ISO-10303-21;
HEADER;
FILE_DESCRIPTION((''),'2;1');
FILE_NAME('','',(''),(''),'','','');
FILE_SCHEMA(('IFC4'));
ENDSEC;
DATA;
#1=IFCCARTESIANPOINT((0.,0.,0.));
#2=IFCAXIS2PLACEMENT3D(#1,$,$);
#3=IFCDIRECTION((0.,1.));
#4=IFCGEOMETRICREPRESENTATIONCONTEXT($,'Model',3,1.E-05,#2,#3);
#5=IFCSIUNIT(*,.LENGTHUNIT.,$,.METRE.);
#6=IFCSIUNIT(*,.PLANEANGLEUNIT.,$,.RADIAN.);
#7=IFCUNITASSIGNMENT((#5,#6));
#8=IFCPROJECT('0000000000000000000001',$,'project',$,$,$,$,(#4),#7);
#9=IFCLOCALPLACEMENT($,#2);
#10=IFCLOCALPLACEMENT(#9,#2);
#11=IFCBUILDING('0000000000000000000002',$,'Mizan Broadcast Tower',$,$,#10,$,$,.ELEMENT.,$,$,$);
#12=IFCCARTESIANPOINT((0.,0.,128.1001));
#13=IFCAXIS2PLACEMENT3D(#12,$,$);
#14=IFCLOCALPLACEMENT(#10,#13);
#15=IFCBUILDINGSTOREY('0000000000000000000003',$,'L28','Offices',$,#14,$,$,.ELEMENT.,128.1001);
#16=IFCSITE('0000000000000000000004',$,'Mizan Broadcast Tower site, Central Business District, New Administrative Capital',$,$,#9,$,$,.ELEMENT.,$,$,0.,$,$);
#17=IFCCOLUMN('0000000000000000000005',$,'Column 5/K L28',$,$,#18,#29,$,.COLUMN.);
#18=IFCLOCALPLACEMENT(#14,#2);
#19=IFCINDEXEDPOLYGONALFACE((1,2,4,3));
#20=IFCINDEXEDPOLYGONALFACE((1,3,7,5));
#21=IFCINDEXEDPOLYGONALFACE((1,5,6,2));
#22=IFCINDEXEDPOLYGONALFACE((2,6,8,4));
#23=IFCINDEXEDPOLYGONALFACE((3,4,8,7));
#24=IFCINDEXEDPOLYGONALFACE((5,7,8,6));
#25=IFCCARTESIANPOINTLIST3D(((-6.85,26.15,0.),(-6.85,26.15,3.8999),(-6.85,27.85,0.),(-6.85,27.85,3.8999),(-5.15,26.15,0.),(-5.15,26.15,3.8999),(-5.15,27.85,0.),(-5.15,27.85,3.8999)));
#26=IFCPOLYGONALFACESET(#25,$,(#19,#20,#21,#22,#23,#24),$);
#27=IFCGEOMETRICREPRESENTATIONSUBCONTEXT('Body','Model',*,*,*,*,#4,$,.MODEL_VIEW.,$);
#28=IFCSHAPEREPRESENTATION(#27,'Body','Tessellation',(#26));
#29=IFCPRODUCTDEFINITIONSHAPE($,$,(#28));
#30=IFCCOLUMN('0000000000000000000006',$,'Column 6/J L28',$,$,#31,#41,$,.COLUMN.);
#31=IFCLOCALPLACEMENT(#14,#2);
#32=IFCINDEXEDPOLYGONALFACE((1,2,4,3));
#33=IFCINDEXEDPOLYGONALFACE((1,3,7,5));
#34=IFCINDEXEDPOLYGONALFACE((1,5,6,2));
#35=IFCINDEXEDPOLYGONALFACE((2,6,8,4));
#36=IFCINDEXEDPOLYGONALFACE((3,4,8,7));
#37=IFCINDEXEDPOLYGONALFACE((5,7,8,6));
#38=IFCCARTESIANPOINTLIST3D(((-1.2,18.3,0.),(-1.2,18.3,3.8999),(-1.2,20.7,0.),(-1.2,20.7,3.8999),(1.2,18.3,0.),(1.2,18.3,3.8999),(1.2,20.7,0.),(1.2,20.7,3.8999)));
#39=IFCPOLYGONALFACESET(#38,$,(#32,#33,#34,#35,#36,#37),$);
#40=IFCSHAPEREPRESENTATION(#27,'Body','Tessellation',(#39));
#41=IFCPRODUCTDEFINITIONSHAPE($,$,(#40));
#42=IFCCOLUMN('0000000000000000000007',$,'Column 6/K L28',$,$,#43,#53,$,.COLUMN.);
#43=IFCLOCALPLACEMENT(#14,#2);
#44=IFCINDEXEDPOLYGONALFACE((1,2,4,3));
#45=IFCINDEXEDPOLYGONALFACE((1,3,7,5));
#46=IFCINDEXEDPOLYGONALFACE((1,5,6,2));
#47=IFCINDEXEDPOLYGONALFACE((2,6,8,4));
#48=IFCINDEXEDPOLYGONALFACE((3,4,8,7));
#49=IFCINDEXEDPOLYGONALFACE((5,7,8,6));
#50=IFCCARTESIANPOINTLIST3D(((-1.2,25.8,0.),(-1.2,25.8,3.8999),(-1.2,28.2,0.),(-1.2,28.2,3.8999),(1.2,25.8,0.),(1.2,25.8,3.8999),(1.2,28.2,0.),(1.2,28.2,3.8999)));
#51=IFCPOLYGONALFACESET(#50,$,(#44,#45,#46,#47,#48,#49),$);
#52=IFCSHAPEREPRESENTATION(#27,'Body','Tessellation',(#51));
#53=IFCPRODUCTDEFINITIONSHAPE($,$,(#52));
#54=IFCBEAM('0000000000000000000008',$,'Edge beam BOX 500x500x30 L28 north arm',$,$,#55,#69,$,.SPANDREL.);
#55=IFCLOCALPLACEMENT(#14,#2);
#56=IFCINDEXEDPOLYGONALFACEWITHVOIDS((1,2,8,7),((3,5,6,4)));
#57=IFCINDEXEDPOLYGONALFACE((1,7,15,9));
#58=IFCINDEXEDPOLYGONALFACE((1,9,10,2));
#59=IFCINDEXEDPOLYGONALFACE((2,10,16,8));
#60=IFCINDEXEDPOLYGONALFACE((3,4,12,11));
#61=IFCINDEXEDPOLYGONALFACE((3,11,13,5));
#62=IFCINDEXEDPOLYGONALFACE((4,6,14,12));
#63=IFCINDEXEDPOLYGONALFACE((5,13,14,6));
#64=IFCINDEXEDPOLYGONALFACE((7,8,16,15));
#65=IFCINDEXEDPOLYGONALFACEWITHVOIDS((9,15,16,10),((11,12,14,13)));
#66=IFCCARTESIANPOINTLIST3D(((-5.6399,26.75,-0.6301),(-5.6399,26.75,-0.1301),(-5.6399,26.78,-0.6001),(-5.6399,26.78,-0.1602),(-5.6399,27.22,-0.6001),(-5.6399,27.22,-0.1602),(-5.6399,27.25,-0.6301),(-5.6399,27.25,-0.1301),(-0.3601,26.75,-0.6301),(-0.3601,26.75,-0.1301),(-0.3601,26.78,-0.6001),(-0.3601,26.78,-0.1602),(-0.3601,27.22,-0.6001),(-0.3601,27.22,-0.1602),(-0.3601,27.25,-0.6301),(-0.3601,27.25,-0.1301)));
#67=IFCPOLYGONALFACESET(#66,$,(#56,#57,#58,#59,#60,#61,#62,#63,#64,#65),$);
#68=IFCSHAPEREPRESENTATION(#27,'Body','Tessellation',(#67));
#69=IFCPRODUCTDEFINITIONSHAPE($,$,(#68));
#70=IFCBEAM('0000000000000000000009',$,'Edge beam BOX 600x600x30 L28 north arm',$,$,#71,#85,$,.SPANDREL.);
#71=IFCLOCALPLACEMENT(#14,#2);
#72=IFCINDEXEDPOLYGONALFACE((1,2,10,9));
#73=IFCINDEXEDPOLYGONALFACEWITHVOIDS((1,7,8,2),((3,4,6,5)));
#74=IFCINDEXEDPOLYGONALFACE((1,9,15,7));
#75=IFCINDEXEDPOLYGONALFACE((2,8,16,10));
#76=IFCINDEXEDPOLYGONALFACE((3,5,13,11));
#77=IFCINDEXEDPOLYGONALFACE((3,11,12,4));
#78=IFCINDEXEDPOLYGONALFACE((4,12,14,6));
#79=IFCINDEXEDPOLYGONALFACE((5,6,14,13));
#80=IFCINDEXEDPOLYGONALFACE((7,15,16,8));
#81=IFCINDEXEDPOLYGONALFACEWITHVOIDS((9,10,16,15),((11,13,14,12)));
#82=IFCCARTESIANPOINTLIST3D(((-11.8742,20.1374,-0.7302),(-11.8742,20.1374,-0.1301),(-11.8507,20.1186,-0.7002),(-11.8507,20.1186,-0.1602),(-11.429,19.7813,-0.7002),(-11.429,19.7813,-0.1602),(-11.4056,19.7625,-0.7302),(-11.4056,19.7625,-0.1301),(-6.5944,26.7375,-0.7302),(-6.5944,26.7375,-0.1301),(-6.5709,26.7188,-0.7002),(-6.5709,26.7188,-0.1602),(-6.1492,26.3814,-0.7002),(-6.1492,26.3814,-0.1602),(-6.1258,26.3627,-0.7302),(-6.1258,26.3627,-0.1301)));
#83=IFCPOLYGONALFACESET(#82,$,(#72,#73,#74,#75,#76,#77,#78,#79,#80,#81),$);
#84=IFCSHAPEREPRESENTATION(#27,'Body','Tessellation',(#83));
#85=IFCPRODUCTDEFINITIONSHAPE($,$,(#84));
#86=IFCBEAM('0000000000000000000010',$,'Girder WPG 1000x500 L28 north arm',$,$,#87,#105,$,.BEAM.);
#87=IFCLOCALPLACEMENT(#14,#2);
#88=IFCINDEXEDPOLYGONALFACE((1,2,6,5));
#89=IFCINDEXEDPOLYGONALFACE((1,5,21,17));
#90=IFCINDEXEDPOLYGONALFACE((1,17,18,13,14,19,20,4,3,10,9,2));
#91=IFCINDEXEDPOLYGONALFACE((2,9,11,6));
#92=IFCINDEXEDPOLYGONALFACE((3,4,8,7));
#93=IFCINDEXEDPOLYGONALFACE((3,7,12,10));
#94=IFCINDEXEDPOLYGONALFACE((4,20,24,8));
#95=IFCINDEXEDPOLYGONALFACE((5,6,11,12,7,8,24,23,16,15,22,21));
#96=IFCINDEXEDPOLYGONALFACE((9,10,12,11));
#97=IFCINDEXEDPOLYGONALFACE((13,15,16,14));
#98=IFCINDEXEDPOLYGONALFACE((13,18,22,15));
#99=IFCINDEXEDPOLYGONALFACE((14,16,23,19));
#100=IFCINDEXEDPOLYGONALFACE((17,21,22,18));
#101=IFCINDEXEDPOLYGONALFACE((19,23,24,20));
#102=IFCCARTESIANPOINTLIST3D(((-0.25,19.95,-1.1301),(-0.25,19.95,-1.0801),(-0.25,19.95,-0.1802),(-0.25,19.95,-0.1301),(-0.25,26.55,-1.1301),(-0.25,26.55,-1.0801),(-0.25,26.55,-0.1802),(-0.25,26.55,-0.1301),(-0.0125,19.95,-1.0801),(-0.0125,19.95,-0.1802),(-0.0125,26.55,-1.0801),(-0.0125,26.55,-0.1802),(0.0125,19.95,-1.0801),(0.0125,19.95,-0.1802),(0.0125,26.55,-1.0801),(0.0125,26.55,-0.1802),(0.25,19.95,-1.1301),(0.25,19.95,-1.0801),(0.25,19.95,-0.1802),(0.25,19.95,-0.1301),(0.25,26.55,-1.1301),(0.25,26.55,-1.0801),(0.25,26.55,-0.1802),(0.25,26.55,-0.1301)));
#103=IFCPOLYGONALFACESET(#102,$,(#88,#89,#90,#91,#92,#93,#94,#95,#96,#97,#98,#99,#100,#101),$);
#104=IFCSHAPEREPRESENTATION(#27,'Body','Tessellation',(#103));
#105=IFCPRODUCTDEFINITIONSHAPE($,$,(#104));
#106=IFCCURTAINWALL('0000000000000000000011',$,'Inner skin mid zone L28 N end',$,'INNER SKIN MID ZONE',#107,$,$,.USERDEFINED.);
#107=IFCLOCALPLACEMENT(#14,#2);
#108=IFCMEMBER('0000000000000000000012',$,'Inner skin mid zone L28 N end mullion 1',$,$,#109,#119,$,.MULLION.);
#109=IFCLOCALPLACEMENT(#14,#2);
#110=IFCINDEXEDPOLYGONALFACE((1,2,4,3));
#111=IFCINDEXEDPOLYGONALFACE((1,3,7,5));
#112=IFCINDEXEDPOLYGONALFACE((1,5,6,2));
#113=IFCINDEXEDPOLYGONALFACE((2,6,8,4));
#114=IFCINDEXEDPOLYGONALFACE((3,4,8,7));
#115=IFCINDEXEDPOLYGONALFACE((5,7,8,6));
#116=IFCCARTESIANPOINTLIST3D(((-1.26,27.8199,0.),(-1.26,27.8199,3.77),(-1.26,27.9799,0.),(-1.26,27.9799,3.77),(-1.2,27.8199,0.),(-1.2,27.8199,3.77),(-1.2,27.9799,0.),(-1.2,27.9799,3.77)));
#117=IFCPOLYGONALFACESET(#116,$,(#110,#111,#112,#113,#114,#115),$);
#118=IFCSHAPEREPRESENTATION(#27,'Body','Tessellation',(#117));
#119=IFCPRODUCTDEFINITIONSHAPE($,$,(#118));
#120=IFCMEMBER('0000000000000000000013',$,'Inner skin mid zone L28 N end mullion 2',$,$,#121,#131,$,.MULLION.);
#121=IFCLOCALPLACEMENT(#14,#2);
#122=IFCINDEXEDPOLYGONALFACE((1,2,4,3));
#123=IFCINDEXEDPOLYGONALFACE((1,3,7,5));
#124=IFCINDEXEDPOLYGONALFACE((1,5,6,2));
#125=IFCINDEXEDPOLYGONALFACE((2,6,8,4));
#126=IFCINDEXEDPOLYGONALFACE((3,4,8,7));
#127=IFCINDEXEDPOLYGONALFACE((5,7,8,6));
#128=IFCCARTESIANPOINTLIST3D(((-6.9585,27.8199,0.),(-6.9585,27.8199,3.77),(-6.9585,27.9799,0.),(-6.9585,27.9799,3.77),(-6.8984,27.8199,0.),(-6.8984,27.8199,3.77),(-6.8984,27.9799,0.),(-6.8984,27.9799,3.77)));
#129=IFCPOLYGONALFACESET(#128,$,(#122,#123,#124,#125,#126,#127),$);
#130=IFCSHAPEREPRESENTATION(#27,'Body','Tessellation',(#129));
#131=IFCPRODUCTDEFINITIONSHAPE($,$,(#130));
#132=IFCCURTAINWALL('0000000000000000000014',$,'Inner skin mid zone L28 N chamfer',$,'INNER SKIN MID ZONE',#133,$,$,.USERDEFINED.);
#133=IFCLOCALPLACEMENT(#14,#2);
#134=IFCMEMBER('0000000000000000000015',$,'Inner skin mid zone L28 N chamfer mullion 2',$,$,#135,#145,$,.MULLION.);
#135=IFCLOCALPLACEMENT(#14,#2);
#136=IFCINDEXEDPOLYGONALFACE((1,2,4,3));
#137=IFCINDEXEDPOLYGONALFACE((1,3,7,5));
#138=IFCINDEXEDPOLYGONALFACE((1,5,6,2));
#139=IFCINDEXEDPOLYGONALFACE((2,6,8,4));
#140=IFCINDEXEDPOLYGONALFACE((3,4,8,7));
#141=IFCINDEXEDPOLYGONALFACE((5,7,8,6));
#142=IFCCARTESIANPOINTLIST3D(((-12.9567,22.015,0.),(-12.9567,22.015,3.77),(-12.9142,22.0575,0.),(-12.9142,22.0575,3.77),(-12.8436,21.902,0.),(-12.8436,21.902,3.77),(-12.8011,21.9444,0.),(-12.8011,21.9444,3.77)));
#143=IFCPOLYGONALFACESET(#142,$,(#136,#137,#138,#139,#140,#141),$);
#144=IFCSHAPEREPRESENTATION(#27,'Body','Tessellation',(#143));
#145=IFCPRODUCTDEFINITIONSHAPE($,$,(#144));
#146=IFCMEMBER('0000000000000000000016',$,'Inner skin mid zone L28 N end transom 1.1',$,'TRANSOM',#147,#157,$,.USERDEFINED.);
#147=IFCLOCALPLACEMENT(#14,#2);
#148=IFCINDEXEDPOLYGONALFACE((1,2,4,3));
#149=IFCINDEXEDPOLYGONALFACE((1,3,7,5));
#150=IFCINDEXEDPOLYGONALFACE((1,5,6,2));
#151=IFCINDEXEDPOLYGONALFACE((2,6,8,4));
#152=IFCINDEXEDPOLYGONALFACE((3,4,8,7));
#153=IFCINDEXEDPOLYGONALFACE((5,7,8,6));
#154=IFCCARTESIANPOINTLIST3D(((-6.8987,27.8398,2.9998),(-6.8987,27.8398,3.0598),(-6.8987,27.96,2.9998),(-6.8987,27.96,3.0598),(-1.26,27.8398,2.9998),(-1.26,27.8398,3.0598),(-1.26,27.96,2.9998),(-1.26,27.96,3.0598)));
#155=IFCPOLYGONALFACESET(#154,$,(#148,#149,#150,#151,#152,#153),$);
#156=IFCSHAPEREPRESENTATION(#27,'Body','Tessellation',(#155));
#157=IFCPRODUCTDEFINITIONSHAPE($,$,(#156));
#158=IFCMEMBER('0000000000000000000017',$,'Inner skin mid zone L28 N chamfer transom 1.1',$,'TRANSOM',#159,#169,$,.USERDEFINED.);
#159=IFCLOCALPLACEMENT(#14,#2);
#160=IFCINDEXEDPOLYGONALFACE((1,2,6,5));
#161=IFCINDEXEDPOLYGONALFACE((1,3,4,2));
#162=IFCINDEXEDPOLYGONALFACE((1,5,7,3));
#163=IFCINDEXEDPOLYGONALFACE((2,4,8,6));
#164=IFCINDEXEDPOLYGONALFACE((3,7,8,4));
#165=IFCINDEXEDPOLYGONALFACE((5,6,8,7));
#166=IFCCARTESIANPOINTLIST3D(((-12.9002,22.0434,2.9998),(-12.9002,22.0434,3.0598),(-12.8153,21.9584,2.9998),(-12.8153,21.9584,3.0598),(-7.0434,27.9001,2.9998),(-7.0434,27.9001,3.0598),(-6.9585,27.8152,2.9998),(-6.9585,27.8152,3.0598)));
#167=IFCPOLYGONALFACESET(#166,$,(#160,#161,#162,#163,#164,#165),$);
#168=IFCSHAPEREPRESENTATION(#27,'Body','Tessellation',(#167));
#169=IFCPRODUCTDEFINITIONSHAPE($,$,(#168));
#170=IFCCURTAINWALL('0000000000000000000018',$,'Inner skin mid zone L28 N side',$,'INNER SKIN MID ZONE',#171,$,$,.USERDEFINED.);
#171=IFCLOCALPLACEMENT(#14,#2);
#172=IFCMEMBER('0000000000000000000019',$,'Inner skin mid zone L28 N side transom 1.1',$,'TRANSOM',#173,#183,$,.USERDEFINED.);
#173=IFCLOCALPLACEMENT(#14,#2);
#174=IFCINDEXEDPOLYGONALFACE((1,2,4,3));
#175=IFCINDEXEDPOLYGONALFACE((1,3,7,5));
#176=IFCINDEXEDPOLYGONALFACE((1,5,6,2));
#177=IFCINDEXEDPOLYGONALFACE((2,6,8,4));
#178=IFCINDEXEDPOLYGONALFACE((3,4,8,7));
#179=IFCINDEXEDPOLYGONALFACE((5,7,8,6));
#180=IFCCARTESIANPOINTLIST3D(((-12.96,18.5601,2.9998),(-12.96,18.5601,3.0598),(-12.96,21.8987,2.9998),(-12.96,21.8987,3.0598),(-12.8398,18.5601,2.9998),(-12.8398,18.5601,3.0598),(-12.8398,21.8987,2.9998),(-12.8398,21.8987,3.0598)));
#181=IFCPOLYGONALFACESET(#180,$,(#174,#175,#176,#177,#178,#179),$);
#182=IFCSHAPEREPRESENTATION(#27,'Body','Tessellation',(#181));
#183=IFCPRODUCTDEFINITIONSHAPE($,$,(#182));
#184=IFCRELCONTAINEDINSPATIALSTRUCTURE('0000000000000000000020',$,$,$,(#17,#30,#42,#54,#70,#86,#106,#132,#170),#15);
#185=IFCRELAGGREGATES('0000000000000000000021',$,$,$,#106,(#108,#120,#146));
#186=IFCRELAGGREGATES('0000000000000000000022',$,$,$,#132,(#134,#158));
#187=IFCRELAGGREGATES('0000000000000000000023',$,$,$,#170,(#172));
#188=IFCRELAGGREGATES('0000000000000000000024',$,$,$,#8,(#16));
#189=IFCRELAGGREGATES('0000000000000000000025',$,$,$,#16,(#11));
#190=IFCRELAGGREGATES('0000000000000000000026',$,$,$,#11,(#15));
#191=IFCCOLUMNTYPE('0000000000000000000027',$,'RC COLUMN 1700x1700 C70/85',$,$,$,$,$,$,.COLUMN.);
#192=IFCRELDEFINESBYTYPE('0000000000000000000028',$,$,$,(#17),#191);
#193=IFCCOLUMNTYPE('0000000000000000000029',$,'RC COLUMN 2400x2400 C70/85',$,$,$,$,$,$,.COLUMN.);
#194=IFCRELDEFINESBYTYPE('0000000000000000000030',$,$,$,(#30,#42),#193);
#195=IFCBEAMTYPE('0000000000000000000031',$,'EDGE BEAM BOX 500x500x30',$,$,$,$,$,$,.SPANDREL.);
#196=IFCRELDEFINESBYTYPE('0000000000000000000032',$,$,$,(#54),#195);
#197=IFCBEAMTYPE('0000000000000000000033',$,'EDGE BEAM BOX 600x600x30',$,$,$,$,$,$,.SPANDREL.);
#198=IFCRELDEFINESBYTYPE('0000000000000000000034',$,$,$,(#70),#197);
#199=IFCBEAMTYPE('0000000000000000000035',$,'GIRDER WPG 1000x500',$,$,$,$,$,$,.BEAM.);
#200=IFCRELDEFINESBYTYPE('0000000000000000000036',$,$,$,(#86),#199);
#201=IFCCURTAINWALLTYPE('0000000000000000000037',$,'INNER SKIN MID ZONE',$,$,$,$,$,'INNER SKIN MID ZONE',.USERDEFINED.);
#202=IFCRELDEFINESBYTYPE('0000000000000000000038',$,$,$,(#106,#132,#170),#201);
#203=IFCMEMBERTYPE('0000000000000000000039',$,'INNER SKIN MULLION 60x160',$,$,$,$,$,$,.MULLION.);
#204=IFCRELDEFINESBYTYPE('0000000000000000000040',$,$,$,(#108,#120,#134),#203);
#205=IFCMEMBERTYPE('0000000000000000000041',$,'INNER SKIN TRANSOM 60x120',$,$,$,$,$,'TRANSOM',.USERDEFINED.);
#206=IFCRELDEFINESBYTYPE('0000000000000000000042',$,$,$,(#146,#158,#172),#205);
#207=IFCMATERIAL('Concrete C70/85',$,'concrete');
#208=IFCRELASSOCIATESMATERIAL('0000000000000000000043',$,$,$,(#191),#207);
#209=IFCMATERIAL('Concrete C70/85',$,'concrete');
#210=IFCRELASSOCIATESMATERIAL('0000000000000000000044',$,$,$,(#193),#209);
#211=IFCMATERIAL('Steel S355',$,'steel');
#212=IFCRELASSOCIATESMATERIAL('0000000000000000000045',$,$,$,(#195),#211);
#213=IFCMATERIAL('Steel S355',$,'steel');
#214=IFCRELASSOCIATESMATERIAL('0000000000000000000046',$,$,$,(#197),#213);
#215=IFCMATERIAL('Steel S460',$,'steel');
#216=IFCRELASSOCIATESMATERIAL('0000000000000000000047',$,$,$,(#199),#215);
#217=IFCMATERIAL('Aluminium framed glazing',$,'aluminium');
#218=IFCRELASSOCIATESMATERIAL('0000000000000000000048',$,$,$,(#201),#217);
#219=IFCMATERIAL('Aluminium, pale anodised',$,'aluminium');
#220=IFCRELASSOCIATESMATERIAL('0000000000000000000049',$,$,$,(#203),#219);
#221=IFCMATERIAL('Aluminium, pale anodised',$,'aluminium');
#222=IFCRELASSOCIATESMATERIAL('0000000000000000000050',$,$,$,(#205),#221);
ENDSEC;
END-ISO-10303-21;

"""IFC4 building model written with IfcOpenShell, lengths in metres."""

from ifc_helpers import new_model, si_unit, direction, frame, origin, origin_2d, place, context, subcontext, project, spatial, rectangle, hollow_rectangle, i_section, extrude, material, material_profile, profile_set, type_object, element, aggregate, save


model = new_model("IFC4")

# Units and contexts
model_context = context("Model", 3, precision=1e-05, world=origin(), true_north=direction((0.0, 1.0)))
body_context = subcontext(model_context, "Body", "Model", "MODEL_VIEW")
ifc_project = project(units=[si_unit("LENGTHUNIT", "METRE"), si_unit("PLANEANGLEUNIT", "RADIAN")], contexts=[model_context])

# Site, building, storey
site_placement = place(None, origin())
site = spatial("IfcSite", under=ifc_project, at=site_placement, Name="Mizan Broadcast Tower site, Central Business District, New Administrative Capital", CompositionType="ELEMENT", RefElevation=0.0)
building_placement = place(site_placement, origin())
building = spatial("IfcBuilding", under=site, at=building_placement, Name="Mizan Broadcast Tower", CompositionType="ELEMENT")
storey_placement = place(building_placement, frame((0.0, 0.0, 128.1001)))
storey = spatial("IfcBuildingStorey", under=building, at=storey_placement, Name="L28", Description="Offices", CompositionType="ELEMENT", Elevation=128.1001)

# Columns
ifc_material_1 = material(Name="Concrete C70/85", Category="concrete")
ifc_material_profile_1 = material_profile(ifc_material_1, rectangle(XDim=1.7, YDim=1.7, at=origin_2d()), Name="RC 1700x1700")
ifc_profile_set_1 = profile_set([ifc_material_profile_1], Name="Concrete C70/85")
column_type_1 = type_object("IfcColumnType", Name="RC COLUMN 1700x1700 C70/85", PredefinedType="COLUMN", material=ifc_profile_set_1)
column_placement = place(storey_placement, frame((-6.0, 27.0, 0.0), z_axis=(0.0, 0.0, 1.0), x_axis=(1.0, 0.0, 0.0)))
element("IfcColumn", 1, at=column_placement, inside=storey, type_object=column_type_1, Name="Column 5/K L28", PredefinedType="COLUMN", context=body_context, shape_type="SweptSolid", body=[
    extrude(rectangle(XDim=1.7, YDim=1.7, at=origin_2d()), origin(), (0.0, 0.0, 1.0), 3.8999),
])
ifc_material_2 = material(Name="Concrete C70/85", Category="concrete")
ifc_material_profile_2 = material_profile(ifc_material_2, rectangle(XDim=2.3999, YDim=2.3999, at=origin_2d()), Name="RC 2400x2400")
ifc_profile_set_2 = profile_set([ifc_material_profile_2], Name="Concrete C70/85")
column_type_2 = type_object("IfcColumnType", Name="RC COLUMN 2400x2400 C70/85", PredefinedType="COLUMN", material=ifc_profile_set_2)
for number, where, z_axis, x_axis, name in (
    (2, (0.0, 19.5, 0.0), (0.0, 0.0, 1.0), (1.0, 0.0, 0.0), "Column 6/J L28"),
    (3, (0.0, 27.0, 0.0), (0.0, 0.0, 1.0), (1.0, 0.0, 0.0), "Column 6/K L28"),
):
    element("IfcColumn", number, at=place(storey_placement, frame(where, z_axis=z_axis, x_axis=x_axis)), inside=storey, type_object=column_type_2, Name=name, PredefinedType="COLUMN", context=body_context, shape_type="SweptSolid", body=[
        extrude(rectangle(XDim=2.3999, YDim=2.3999, at=origin_2d()), origin(), (0.0, 0.0, 1.0), 3.8999),
    ])

# Beams
ifc_material_3 = material(Name="Steel S355", Category="steel")
ifc_material_profile_3 = material_profile(ifc_material_3, hollow_rectangle(XDim=0.5, YDim=0.5, WallThickness=0.03, at=origin_2d()), Name="BOX 500x500x30")
ifc_profile_set_3 = profile_set([ifc_material_profile_3], Name="Steel S355")
beam_type_1 = type_object("IfcBeamType", Name="EDGE BEAM BOX 500x500x30", PredefinedType="SPANDREL", material=ifc_profile_set_3)
beam_1_placement = place(storey_placement, frame((-5.6399, 27.0, -0.3801), z_axis=(1.0, 0.0, 0.0), x_axis=(0.0, 1.0, 0.0)))
element("IfcBeam", 4, at=beam_1_placement, inside=storey, type_object=beam_type_1, Name="Edge beam BOX 500x500x30 L28 north arm", PredefinedType="SPANDREL", context=body_context, shape_type="SweptSolid", body=[
    extrude(hollow_rectangle(XDim=0.5, YDim=0.5, WallThickness=0.03, at=origin_2d()), origin(), (0.0, 0.0, 1.0), 5.2798),
])
ifc_material_4 = material(Name="Steel S355", Category="steel")
ifc_material_profile_4 = material_profile(ifc_material_4, hollow_rectangle(XDim=0.6001, YDim=0.6001, WallThickness=0.03, at=origin_2d()), Name="BOX 600x600x30")
ifc_profile_set_4 = profile_set([ifc_material_profile_4], Name="Steel S355")
beam_type_2 = type_object("IfcBeamType", Name="EDGE BEAM BOX 600x600x30", PredefinedType="SPANDREL", material=ifc_profile_set_4)
beam_2_placement = place(storey_placement, frame((-11.6399, 19.95, -0.4302), z_axis=(0.624674, 0.780886, 0.0), x_axis=(-0.780886, 0.624674, 0.0)))
element("IfcBeam", 5, at=beam_2_placement, inside=storey, type_object=beam_type_2, Name="Edge beam BOX 600x600x30 L28 north arm", PredefinedType="SPANDREL", context=body_context, shape_type="SweptSolid", body=[
    extrude(hollow_rectangle(XDim=0.6001, YDim=0.6001, WallThickness=0.03, at=origin_2d()), origin(), (0.0, 0.0, 1.0), 8.4521),
])
ifc_material_5 = material(Name="Steel S460", Category="steel")
ifc_material_profile_5 = material_profile(ifc_material_5, i_section(OverallWidth=0.5, OverallDepth=1.0, WebThickness=0.0249, FlangeThickness=0.05, at=origin_2d()), Name="WPG 1000x500")
ifc_profile_set_5 = profile_set([ifc_material_profile_5], Name="Steel S460")
beam_type_3 = type_object("IfcBeamType", Name="GIRDER WPG 1000x500", PredefinedType="BEAM", material=ifc_profile_set_5)
beam_3_placement = place(storey_placement, frame((0.0, 19.95, -0.6301), z_axis=(0.0, 1.0, 0.0), x_axis=(-1.0, 0.0, 0.0)))
element("IfcBeam", 6, at=beam_3_placement, inside=storey, type_object=beam_type_3, Name="Girder WPG 1000x500 L28 north arm", PredefinedType="BEAM", context=body_context, shape_type="SweptSolid", body=[
    extrude(i_section(OverallWidth=0.5, OverallDepth=1.0, WebThickness=0.0249, FlangeThickness=0.05, at=origin_2d()), origin(), (0.0, 0.0, 1.0), 6.6001),
])

# Curtain wall, members
ifc_material_6 = material(Name="Aluminium framed glazing", Category="aluminium")
curtain_wall_type_1 = type_object("IfcCurtainWallType", Name="INNER SKIN MID ZONE", ElementType="INNER SKIN MID ZONE", PredefinedType="USERDEFINED", material=ifc_material_6)
curtain_wall_1_placement = place(storey_placement, origin())
curtain_wall_1 = element("IfcCurtainWall", 7, at=curtain_wall_1_placement, inside=storey, type_object=curtain_wall_type_1, Name="Inner skin mid zone L28 N end", ObjectType="INNER SKIN MID ZONE", PredefinedType="USERDEFINED")
ifc_material_7 = material(Name="Aluminium, pale anodised", Category="aluminium")
ifc_material_profile_6 = material_profile(ifc_material_7, rectangle(XDim=0.1599, YDim=0.0601, at=origin_2d()), Name="MULLION 160x60")
ifc_profile_set_6 = profile_set([ifc_material_profile_6], Name="Aluminium, pale anodised")
member_type_1 = type_object("IfcMemberType", Name="INNER SKIN MULLION 60x160", PredefinedType="MULLION", material=ifc_profile_set_6)
member_1_placement = place(storey_placement, frame((-1.23, 27.8999, 0.0), z_axis=(0.0, 0.0, 1.0), x_axis=(0.0, -1.0, 0.0)))
member_1 = element("IfcMember", 8, at=member_1_placement, type_object=member_type_1, Name="Inner skin mid zone L28 N end mullion 1", PredefinedType="MULLION", context=body_context, shape_type="SweptSolid", body=[
    extrude(rectangle(XDim=0.1599, YDim=0.0601, at=origin_2d()), origin(), (0.0, 0.0, 1.0), 3.77),
])
member_2_placement = place(storey_placement, frame((-6.9285, 27.8999, 0.0), z_axis=(0.0, 0.0, 1.0), x_axis=(0.0, -1.0, 0.0)))
member_2 = element("IfcMember", 9, at=member_2_placement, type_object=member_type_1, Name="Inner skin mid zone L28 N end mullion 2", PredefinedType="MULLION", context=body_context, shape_type="SweptSolid", body=[
    extrude(rectangle(XDim=0.1599, YDim=0.0601, at=origin_2d()), origin(), (0.0, 0.0, 1.0), 3.77),
])

# Curtain wall, member
curtain_wall_2_placement = place(storey_placement, origin())
curtain_wall_2 = element("IfcCurtainWall", 10, at=curtain_wall_2_placement, inside=storey, type_object=curtain_wall_type_1, Name="Inner skin mid zone L28 N chamfer", ObjectType="INNER SKIN MID ZONE", PredefinedType="USERDEFINED")
member_3_placement = place(storey_placement, frame((-12.8789, 21.9797, 0.0), z_axis=(0.0, 0.0, 1.0), x_axis=(0.707107, -0.707107, 0.0)))
member_3 = element("IfcMember", 11, at=member_3_placement, type_object=member_type_1, Name="Inner skin mid zone L28 N chamfer mullion 2", PredefinedType="MULLION", context=body_context, shape_type="SweptSolid", body=[
    extrude(rectangle(XDim=0.1599, YDim=0.0601, at=origin_2d()), origin(), (0.0, 0.0, 1.0), 3.77),
])

# Members
ifc_material_8 = material(Name="Aluminium, pale anodised", Category="aluminium")
ifc_material_profile_7 = material_profile(ifc_material_8, rectangle(XDim=0.1201, YDim=0.0601, at=origin_2d()), Name="TRANSOM 120x60")
ifc_profile_set_7 = profile_set([ifc_material_profile_7], Name="Aluminium, pale anodised")
member_type_2 = type_object("IfcMemberType", Name="INNER SKIN TRANSOM 60x120", ElementType="TRANSOM", PredefinedType="USERDEFINED", material=ifc_profile_set_7)
member_4_placement = place(storey_placement, frame((-1.26, 27.8999, 3.0298), z_axis=(-1.0, 0.0, 0.0), x_axis=(0.0, -1.0, 0.0)))
member_4 = element("IfcMember", 12, at=member_4_placement, type_object=member_type_2, Name="Inner skin mid zone L28 N end transom 1.1", ObjectType="TRANSOM", PredefinedType="USERDEFINED", context=body_context, shape_type="SweptSolid", body=[
    extrude(rectangle(XDim=0.1201, YDim=0.0601, at=origin_2d()), origin(), (0.0, 0.0, 1.0), 5.6387),
])
member_5_placement = place(storey_placement, frame((-7.001, 27.8577, 3.0298), z_axis=(-0.707107, -0.707107, 0.0), x_axis=(0.707107, -0.707107, 0.0)))
member_5 = element("IfcMember", 13, at=member_5_placement, type_object=member_type_2, Name="Inner skin mid zone L28 N chamfer transom 1.1", ObjectType="TRANSOM", PredefinedType="USERDEFINED", context=body_context, shape_type="SweptSolid", body=[
    extrude(rectangle(XDim=0.1201, YDim=0.0601, at=origin_2d()), origin(), (0.0, 0.0, 1.0), 8.2827),
])

# Curtain wall, member
curtain_wall_3_placement = place(storey_placement, origin())
curtain_wall_3 = element("IfcCurtainWall", 14, at=curtain_wall_3_placement, inside=storey, type_object=curtain_wall_type_1, Name="Inner skin mid zone L28 N side", ObjectType="INNER SKIN MID ZONE", PredefinedType="USERDEFINED")
member_6_placement = place(storey_placement, frame((-12.8999, 21.8987, 3.0298), z_axis=(0.0, -1.0, 0.0), x_axis=(1.0, 0.0, 0.0)))
member_6 = element("IfcMember", 15, at=member_6_placement, type_object=member_type_2, Name="Inner skin mid zone L28 N side transom 1.1", ObjectType="TRANSOM", PredefinedType="USERDEFINED", context=body_context, shape_type="SweptSolid", body=[
    extrude(rectangle(XDim=0.1201, YDim=0.0601, at=origin_2d()), origin(), (0.0, 0.0, 1.0), 3.3386),
])

aggregate(curtain_wall_1, [member_1, member_2, member_4])
aggregate(curtain_wall_2, [member_3, member_5])
aggregate(curtain_wall_3, [member_6])

save(model, "model.ifc")
